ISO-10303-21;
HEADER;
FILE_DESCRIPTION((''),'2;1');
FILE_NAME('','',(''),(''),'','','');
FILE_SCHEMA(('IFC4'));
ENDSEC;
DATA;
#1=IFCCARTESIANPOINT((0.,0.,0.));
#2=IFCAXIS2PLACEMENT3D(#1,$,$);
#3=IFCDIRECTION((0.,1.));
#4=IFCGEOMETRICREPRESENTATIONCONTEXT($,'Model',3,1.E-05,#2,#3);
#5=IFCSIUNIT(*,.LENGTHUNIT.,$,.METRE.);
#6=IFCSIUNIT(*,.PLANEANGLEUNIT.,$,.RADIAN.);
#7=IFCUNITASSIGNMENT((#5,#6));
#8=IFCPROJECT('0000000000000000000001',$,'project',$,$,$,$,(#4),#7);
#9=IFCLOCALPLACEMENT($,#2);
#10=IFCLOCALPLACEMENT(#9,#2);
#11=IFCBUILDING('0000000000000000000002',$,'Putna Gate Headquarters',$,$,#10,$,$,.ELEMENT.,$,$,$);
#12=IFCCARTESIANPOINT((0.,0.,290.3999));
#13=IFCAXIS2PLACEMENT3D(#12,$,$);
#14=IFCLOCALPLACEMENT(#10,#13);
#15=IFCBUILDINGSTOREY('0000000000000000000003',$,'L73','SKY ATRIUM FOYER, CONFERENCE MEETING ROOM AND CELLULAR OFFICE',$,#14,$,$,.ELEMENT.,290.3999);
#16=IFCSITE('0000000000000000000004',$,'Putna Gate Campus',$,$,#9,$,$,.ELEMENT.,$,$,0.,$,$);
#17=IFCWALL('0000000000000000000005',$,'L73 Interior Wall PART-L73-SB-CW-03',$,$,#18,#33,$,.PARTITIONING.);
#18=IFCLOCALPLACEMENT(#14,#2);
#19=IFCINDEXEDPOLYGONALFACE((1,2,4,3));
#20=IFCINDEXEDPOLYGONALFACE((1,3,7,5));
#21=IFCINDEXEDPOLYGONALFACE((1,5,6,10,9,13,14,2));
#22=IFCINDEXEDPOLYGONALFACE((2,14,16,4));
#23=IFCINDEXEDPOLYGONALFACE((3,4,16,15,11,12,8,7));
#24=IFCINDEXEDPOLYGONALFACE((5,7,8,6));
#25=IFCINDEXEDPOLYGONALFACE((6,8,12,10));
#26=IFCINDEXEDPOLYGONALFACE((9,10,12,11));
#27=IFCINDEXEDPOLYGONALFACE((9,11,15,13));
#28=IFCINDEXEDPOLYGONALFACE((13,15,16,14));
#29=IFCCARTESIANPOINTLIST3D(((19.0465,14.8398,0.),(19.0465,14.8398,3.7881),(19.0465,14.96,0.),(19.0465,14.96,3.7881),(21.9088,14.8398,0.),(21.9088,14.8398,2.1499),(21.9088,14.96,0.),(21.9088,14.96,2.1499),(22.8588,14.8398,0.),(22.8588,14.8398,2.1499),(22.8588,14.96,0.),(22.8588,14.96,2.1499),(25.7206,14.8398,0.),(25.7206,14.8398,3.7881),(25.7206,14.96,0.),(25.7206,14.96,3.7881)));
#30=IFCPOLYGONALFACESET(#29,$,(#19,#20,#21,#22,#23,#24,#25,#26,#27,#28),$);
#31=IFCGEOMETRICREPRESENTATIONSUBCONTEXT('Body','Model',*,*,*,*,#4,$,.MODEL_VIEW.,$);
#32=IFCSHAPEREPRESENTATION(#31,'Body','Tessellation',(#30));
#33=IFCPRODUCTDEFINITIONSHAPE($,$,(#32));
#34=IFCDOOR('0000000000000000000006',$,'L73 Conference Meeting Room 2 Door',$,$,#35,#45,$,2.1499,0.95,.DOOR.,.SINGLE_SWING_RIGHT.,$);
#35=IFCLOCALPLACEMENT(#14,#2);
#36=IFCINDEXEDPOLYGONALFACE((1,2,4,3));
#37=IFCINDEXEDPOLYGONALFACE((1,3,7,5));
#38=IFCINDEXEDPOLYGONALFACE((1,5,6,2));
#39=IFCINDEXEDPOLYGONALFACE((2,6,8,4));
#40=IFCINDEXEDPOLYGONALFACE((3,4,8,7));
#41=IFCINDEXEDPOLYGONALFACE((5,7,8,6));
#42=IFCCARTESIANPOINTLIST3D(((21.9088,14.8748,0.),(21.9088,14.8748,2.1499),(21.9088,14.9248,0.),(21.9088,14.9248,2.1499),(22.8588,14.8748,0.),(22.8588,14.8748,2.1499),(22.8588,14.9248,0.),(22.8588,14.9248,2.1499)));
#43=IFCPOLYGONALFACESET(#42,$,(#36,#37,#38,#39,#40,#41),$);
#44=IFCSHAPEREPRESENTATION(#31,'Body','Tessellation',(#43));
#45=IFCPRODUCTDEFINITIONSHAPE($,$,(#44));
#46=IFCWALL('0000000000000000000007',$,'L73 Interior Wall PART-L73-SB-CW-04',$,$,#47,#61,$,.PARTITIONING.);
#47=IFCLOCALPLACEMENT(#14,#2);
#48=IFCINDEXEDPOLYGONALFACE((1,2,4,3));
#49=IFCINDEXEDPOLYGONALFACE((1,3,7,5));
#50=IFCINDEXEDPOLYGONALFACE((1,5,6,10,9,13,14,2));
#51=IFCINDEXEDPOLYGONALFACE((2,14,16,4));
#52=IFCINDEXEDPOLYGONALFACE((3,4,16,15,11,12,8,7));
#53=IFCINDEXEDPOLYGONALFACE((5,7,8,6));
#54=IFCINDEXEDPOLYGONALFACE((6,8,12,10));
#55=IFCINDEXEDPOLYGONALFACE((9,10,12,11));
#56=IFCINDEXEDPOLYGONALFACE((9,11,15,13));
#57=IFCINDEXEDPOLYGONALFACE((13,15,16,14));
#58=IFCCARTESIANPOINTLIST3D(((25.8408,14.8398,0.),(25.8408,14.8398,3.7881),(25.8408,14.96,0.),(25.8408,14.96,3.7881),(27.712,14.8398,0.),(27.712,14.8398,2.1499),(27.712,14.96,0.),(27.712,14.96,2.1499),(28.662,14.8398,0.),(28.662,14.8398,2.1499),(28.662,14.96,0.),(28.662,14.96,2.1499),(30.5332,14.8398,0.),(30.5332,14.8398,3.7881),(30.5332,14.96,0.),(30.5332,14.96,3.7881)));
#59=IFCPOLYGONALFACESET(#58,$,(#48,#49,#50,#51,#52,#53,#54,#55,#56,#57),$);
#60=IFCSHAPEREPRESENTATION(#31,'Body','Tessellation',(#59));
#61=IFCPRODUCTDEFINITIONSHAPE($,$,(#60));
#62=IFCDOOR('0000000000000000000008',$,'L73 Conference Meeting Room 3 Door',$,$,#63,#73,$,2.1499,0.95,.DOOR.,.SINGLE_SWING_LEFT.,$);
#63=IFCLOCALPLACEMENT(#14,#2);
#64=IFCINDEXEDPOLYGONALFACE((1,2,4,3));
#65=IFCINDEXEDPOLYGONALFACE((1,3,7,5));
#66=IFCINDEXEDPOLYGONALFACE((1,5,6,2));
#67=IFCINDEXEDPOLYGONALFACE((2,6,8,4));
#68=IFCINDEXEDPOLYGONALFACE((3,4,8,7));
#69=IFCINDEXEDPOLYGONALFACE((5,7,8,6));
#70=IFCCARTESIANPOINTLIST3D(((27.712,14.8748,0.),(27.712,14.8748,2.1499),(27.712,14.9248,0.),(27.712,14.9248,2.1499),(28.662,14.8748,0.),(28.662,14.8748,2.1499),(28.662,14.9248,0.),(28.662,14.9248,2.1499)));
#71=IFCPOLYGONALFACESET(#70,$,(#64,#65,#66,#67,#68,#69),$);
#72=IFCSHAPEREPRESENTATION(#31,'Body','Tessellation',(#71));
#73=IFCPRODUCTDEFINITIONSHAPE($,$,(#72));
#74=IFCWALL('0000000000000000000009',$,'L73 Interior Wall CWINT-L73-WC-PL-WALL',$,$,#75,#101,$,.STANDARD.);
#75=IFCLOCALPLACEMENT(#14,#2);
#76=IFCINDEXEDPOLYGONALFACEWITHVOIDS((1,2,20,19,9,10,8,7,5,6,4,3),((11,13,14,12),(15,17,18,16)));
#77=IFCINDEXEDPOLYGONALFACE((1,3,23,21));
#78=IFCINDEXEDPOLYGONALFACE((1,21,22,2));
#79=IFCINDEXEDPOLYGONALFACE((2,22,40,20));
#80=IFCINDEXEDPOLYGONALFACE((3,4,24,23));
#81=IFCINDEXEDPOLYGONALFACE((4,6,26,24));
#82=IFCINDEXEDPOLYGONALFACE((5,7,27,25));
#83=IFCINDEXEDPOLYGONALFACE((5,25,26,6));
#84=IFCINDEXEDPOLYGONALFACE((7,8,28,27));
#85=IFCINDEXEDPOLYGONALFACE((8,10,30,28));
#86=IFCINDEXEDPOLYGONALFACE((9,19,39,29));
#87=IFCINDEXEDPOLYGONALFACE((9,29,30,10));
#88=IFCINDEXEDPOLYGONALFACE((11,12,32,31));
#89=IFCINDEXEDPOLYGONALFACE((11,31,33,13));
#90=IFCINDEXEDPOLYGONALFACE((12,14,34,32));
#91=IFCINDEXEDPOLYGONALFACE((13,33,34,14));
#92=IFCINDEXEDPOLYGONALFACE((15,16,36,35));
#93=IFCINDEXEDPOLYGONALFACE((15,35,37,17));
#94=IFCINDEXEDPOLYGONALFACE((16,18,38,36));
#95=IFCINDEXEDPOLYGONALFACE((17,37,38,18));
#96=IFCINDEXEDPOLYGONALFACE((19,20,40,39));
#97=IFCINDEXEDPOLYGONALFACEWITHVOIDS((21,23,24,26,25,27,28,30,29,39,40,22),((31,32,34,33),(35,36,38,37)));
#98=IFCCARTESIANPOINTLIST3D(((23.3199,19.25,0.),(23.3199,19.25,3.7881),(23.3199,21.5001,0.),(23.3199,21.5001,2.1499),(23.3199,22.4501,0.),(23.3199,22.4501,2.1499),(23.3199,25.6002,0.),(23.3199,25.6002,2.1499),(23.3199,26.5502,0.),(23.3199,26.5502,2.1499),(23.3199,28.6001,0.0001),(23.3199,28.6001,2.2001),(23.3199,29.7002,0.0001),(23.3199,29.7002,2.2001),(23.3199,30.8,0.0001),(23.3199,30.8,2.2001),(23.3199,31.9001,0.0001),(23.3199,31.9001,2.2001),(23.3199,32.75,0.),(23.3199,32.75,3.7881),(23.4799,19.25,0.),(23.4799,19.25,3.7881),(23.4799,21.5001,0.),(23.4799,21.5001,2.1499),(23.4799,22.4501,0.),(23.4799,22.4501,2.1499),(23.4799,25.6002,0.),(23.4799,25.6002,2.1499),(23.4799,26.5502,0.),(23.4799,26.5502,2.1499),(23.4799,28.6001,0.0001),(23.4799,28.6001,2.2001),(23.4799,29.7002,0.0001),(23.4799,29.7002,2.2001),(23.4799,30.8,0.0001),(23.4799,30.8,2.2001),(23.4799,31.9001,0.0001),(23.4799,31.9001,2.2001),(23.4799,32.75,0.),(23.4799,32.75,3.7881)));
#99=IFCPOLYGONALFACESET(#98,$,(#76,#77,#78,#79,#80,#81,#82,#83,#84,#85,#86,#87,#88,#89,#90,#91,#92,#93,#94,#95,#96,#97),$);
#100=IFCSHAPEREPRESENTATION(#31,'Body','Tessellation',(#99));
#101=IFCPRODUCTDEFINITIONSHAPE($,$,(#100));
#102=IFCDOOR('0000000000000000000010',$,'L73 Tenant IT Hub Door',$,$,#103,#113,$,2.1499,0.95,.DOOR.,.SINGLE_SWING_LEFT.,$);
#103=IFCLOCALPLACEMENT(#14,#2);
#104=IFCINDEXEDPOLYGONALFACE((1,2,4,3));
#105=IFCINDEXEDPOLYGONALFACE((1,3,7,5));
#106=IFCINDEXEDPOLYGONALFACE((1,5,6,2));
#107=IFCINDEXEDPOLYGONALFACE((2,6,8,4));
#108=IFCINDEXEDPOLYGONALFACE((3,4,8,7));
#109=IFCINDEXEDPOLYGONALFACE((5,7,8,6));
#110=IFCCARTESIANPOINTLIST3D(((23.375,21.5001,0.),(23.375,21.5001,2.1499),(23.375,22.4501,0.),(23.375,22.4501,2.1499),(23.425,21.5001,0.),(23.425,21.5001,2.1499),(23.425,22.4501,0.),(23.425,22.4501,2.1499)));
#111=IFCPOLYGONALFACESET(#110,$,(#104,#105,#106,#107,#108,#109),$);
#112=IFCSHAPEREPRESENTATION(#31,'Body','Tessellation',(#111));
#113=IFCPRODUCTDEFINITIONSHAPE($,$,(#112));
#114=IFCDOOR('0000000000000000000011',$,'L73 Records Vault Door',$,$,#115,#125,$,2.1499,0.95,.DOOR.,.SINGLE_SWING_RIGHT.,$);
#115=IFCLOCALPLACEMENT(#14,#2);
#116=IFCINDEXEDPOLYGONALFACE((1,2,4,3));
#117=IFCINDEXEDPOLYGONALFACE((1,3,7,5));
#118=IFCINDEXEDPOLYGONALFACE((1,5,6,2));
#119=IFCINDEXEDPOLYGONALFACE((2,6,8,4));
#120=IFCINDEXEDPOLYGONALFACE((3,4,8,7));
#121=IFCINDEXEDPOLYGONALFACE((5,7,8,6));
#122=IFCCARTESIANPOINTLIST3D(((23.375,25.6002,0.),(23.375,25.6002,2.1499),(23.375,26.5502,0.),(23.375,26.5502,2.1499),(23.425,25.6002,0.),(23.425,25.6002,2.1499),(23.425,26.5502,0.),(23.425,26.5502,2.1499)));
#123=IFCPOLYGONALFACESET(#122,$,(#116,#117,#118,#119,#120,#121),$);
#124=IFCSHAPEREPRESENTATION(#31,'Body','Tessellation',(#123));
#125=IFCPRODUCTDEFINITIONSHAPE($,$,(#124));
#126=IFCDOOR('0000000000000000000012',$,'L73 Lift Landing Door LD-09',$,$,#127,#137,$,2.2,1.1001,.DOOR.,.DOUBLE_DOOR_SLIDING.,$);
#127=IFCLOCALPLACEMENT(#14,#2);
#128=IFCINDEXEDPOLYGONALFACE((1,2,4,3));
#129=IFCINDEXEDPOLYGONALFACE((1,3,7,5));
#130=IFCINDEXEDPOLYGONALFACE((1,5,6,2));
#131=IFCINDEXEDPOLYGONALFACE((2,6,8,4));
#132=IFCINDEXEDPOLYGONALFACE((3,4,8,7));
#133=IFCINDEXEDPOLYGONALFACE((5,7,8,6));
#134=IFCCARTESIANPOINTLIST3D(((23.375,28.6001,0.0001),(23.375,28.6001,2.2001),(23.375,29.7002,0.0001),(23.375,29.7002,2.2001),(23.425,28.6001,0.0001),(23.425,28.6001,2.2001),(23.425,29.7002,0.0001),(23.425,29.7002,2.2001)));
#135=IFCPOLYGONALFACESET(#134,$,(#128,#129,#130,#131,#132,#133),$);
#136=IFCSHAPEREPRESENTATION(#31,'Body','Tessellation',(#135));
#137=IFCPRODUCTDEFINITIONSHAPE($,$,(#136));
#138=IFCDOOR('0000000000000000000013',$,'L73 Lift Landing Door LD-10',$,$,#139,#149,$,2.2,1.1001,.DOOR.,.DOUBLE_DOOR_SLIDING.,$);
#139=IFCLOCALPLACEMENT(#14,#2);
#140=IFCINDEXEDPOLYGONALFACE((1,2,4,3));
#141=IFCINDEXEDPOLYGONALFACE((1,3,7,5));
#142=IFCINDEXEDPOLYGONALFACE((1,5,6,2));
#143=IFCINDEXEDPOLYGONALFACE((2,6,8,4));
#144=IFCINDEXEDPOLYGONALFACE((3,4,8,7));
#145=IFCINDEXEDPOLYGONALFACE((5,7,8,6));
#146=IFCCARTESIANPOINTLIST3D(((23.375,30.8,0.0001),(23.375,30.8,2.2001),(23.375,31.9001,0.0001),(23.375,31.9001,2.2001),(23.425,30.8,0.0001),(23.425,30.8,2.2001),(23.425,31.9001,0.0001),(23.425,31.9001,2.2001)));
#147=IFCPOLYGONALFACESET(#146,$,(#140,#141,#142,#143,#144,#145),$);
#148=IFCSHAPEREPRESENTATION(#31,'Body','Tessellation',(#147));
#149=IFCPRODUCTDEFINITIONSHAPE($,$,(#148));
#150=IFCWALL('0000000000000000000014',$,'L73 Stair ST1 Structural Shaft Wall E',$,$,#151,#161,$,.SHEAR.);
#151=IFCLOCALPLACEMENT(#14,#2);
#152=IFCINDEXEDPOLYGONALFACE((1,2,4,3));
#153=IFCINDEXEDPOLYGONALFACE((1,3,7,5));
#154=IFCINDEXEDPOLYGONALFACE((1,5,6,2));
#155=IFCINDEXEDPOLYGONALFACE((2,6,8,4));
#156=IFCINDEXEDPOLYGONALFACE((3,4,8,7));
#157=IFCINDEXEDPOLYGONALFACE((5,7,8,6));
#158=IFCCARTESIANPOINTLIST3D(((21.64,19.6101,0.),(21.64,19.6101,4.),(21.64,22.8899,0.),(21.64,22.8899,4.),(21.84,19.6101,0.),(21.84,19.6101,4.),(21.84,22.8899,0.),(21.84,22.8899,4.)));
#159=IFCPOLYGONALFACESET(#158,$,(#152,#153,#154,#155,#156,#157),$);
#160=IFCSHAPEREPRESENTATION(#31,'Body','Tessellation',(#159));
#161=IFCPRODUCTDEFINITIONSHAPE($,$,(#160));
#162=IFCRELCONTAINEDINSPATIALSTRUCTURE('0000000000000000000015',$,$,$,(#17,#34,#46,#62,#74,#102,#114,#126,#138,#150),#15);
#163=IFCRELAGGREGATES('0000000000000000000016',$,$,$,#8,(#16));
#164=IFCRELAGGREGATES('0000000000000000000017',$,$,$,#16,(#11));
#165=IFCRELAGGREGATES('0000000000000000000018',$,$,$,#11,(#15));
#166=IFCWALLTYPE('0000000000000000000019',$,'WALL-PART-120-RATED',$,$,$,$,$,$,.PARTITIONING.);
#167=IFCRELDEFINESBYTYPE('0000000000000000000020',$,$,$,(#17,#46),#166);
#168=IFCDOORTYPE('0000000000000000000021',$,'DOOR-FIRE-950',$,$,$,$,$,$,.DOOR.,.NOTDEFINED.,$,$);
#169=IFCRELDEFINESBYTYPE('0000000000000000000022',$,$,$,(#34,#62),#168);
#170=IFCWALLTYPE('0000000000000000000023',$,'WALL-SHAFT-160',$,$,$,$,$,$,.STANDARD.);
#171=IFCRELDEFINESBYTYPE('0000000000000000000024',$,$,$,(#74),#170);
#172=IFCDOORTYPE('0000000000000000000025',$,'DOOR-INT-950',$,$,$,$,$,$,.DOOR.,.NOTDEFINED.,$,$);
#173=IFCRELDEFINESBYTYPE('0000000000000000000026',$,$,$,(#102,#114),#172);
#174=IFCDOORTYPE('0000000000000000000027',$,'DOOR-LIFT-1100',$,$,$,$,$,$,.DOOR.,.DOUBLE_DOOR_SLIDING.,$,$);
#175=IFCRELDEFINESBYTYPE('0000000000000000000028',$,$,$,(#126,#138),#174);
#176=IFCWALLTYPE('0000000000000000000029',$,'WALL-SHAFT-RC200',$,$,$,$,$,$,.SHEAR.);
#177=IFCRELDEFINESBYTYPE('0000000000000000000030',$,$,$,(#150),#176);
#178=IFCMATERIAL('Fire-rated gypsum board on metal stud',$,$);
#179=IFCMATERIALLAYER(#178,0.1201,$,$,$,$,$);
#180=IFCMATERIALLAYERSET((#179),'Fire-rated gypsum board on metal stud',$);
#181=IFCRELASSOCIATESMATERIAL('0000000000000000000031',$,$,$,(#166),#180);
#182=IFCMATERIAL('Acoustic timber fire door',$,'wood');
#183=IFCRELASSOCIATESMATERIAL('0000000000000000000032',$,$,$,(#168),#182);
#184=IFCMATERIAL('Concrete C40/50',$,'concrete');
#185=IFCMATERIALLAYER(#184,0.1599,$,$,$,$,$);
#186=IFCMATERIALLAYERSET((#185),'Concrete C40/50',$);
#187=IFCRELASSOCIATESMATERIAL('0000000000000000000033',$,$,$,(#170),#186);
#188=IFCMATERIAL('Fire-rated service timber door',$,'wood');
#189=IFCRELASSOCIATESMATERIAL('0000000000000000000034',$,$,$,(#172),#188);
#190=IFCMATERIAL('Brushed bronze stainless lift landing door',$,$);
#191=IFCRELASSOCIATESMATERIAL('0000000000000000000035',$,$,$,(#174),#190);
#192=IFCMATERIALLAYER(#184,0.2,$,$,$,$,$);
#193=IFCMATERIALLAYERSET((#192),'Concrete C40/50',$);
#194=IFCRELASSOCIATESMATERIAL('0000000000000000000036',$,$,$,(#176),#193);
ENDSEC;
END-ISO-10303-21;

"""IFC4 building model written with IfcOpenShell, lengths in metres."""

from ifc_helpers import new_model, si_unit, direction, frame, frame_2d, origin, place, context, subcontext, project, spatial, rectangle, extrude, material, layer, layer_set, type_object, element, fill, save


model = new_model("IFC4")

# Units and contexts
model_context = context("Model", 3, precision=1e-05, world=origin(), true_north=direction((0.0, 1.0)))
body_context = subcontext(model_context, "Body", "Model", "MODEL_VIEW")
ifc_project = project(units=[si_unit("LENGTHUNIT", "METRE"), si_unit("PLANEANGLEUNIT", "RADIAN")], contexts=[model_context])

# Site, building, storey
site_placement = place(None, origin())
site = spatial("IfcSite", under=ifc_project, at=site_placement, Name="Putna Gate Campus", CompositionType="ELEMENT", RefElevation=0.0)
building_placement = place(site_placement, origin())
building = spatial("IfcBuilding", under=site, at=building_placement, Name="Putna Gate Headquarters", CompositionType="ELEMENT")
storey_placement = place(building_placement, frame((0.0, 0.0, 290.3999)))
storey = spatial("IfcBuildingStorey", under=building, at=storey_placement, Name="L73", Description="SKY ATRIUM FOYER, CONFERENCE MEETING ROOM AND CELLULAR OFFICE", CompositionType="ELEMENT", Elevation=290.3999)

# Walls, openings, doors
ifc_material_1 = material(Name="Fire-rated gypsum board on metal stud")
ifc_layer_1 = layer(ifc_material_1, 0.1201)
ifc_layer_set_1 = layer_set([ifc_layer_1], Name="Fire-rated gypsum board on metal stud")
wall_type_1 = type_object("IfcWallType", Name="WALL-PART-120-RATED", PredefinedType="PARTITIONING", material=ifc_layer_set_1)
wall_1_placement = place(storey_placement, frame((19.0466, 14.8999, 0.0), z_axis=(0.0, 0.0, 1.0), x_axis=(1.0, 0.0, 0.0)))
wall_1 = element("IfcWall", 1, at=wall_1_placement, inside=storey, type_object=wall_type_1, Name="L73 Interior Wall PART-L73-SB-CW-03", PredefinedType="PARTITIONING", context=body_context, shape_type="SweptSolid", body=[
    extrude(rectangle(XDim=6.6741, YDim=0.1201, at=frame_2d((3.3369, 0.0))), origin(), (0.0, 0.0, 1.0), 3.7881),
])
opening_1_placement = place(wall_1_placement, frame((2.8621, 0.0, 0.0)))
opening_1 = element("IfcOpeningElement", 2, at=opening_1_placement, cuts=wall_1, PredefinedType="OPENING", context=body_context, shape_type="SweptSolid", body=[
    extrude(rectangle(XDim=0.95, YDim=2.1499, at=frame_2d((0.4751, 1.075))), frame((0.0, 0.0701, 0.0), z_axis=(0.0, -1.0, 0.0), x_axis=(1.0, 0.0, 0.0)), (0.0, 0.0, 1.0), 0.1401),
])
ifc_material_2 = material(Name="Acoustic timber fire door", Category="wood")
door_type_1 = type_object("IfcDoorType", Name="DOOR-FIRE-950", OperationType="NOTDEFINED", PredefinedType="DOOR", material=ifc_material_2)
door_1_placement = place(opening_1_placement, origin())
door_1 = element("IfcDoor", 3, at=door_1_placement, inside=storey, type_object=door_type_1, Name="L73 Conference Meeting Room 2 Door", OperationType="SINGLE_SWING_RIGHT", OverallHeight=2.1499, OverallWidth=0.95, PredefinedType="DOOR", context=body_context, shape_type="SweptSolid", body=[
    extrude(rectangle(XDim=0.95, YDim=2.1499, at=frame_2d((0.4751, 1.075))), frame((0.0, 0.0249, 0.0), z_axis=(0.0, -1.0, 0.0), x_axis=(1.0, 0.0, 0.0)), (0.0, 0.0, 1.0), 0.05),
])
fill(opening_1, door_1)
wall_2_placement = place(storey_placement, frame((25.8408, 14.8999, 0.0), z_axis=(0.0, 0.0, 1.0), x_axis=(1.0, 0.0, 0.0)))
wall_2 = element("IfcWall", 4, at=wall_2_placement, inside=storey, type_object=wall_type_1, Name="L73 Interior Wall PART-L73-SB-CW-04", PredefinedType="PARTITIONING", context=body_context, shape_type="SweptSolid", body=[
    extrude(rectangle(XDim=4.6924, YDim=0.1201, at=frame_2d((2.3462, 0.0))), origin(), (0.0, 0.0, 1.0), 3.7881),
])
opening_2_placement = place(wall_2_placement, frame((1.8711, 0.0, 0.0)))
opening_2 = element("IfcOpeningElement", 5, at=opening_2_placement, cuts=wall_2, PredefinedType="OPENING", context=body_context, shape_type="SweptSolid", body=[
    extrude(rectangle(XDim=0.95, YDim=2.1499, at=frame_2d((0.4751, 1.075))), frame((0.0, 0.0701, 0.0), z_axis=(0.0, -1.0, 0.0), x_axis=(1.0, 0.0, 0.0)), (0.0, 0.0, 1.0), 0.1401),
])
door_2_placement = place(opening_2_placement, origin())
door_2 = element("IfcDoor", 6, at=door_2_placement, inside=storey, type_object=door_type_1, Name="L73 Conference Meeting Room 3 Door", OperationType="SINGLE_SWING_LEFT", OverallHeight=2.1499, OverallWidth=0.95, PredefinedType="DOOR", context=body_context, shape_type="SweptSolid", body=[
    extrude(rectangle(XDim=0.95, YDim=2.1499, at=frame_2d((0.4751, 1.075))), frame((0.0, 0.0249, 0.0), z_axis=(0.0, -1.0, 0.0), x_axis=(1.0, 0.0, 0.0)), (0.0, 0.0, 1.0), 0.05),
])
fill(opening_2, door_2)

# Wall, openings, doors
ifc_material_3 = material(Name="Concrete C40/50", Category="concrete")
ifc_layer_2 = layer(ifc_material_3, 0.1599)
ifc_layer_set_2 = layer_set([ifc_layer_2], Name="Concrete C40/50")
wall_type_2 = type_object("IfcWallType", Name="WALL-SHAFT-160", PredefinedType="STANDARD", material=ifc_layer_set_2)
wall_3_placement = place(storey_placement, frame((23.3999, 19.25, 0.0), z_axis=(0.0, 0.0, 1.0), x_axis=(0.0, 1.0, 0.0)))
wall_3 = element("IfcWall", 7, at=wall_3_placement, inside=storey, type_object=wall_type_2, Name="L73 Interior Wall CWINT-L73-WC-PL-WALL", PredefinedType="STANDARD", context=body_context, shape_type="SweptSolid", body=[
    extrude(rectangle(XDim=13.5, YDim=0.1599, at=frame_2d((6.75, 0.0))), origin(), (0.0, 0.0, 1.0), 3.7881),
])
opening_3_placement = place(wall_3_placement, frame((2.25, 0.0, 0.0)))
opening_3 = element("IfcOpeningElement", 8, at=opening_3_placement, cuts=wall_3, PredefinedType="OPENING", context=body_context, shape_type="SweptSolid", body=[
    extrude(rectangle(XDim=0.95, YDim=2.1499, at=frame_2d((0.4751, 1.075))), frame((0.0, 0.0898, 0.0), z_axis=(0.0, -1.0, 0.0), x_axis=(1.0, 0.0, 0.0)), (0.0, 0.0, 1.0), 0.1799),
])
opening_4_placement = place(wall_3_placement, frame((6.3501, 0.0, 0.0)))
opening_4 = element("IfcOpeningElement", 9, at=opening_4_placement, cuts=wall_3, PredefinedType="OPENING", context=body_context, shape_type="SweptSolid", body=[
    extrude(rectangle(XDim=0.95, YDim=2.1499, at=frame_2d((0.4751, 1.075))), frame((0.0, 0.0898, 0.0), z_axis=(0.0, -1.0, 0.0), x_axis=(1.0, 0.0, 0.0)), (0.0, 0.0, 1.0), 0.1799),
])
opening_5_placement = place(wall_3_placement, frame((9.3501, 0.0, 0.0)))
opening_5 = element("IfcOpeningElement", 10, at=opening_5_placement, cuts=wall_3, PredefinedType="OPENING", context=body_context, shape_type="SweptSolid", body=[
    extrude(rectangle(XDim=1.1001, YDim=2.2, at=frame_2d((0.55, 1.1001))), frame((0.0, 0.0898, 0.0), z_axis=(0.0, -1.0, 0.0), x_axis=(1.0, 0.0, 0.0)), (0.0, 0.0, 1.0), 0.1799),
])
opening_6_placement = place(wall_3_placement, frame((11.55, 0.0, 0.0)))
opening_6 = element("IfcOpeningElement", 11, at=opening_6_placement, cuts=wall_3, PredefinedType="OPENING", context=body_context, shape_type="SweptSolid", body=[
    extrude(rectangle(XDim=1.1001, YDim=2.2, at=frame_2d((0.55, 1.1001))), frame((0.0, 0.0898, 0.0), z_axis=(0.0, -1.0, 0.0), x_axis=(1.0, 0.0, 0.0)), (0.0, 0.0, 1.0), 0.1799),
])
ifc_material_4 = material(Name="Fire-rated service timber door", Category="wood")
door_type_2 = type_object("IfcDoorType", Name="DOOR-INT-950", OperationType="NOTDEFINED", PredefinedType="DOOR", material=ifc_material_4)
door_3_placement = place(opening_3_placement, origin())
door_3 = element("IfcDoor", 12, at=door_3_placement, inside=storey, type_object=door_type_2, Name="L73 Tenant IT Hub Door", OperationType="SINGLE_SWING_LEFT", OverallHeight=2.1499, OverallWidth=0.95, PredefinedType="DOOR", context=body_context, shape_type="SweptSolid", body=[
    extrude(rectangle(XDim=0.95, YDim=2.1499, at=frame_2d((0.4751, 1.075))), frame((0.0, 0.0249, 0.0), z_axis=(0.0, -1.0, 0.0), x_axis=(1.0, 0.0, 0.0)), (0.0, 0.0, 1.0), 0.05),
])
fill(opening_3, door_3)
door_4_placement = place(opening_4_placement, origin())
door_4 = element("IfcDoor", 13, at=door_4_placement, inside=storey, type_object=door_type_2, Name="L73 Records Vault Door", OperationType="SINGLE_SWING_RIGHT", OverallHeight=2.1499, OverallWidth=0.95, PredefinedType="DOOR", context=body_context, shape_type="SweptSolid", body=[
    extrude(rectangle(XDim=0.95, YDim=2.1499, at=frame_2d((0.4751, 1.075))), frame((0.0, 0.0249, 0.0), z_axis=(0.0, -1.0, 0.0), x_axis=(1.0, 0.0, 0.0)), (0.0, 0.0, 1.0), 0.05),
])
fill(opening_4, door_4)
ifc_material_5 = material(Name="Brushed bronze stainless lift landing door")
door_type_3 = type_object("IfcDoorType", Name="DOOR-LIFT-1100", OperationType="DOUBLE_DOOR_SLIDING", PredefinedType="DOOR", material=ifc_material_5)
door_5_placement = place(opening_5_placement, origin())
door_5 = element("IfcDoor", 14, at=door_5_placement, inside=storey, type_object=door_type_3, Name="L73 Lift Landing Door LD-09", OperationType="DOUBLE_DOOR_SLIDING", OverallHeight=2.2, OverallWidth=1.1001, PredefinedType="DOOR", context=body_context, shape_type="SweptSolid", body=[
    extrude(rectangle(XDim=1.1001, YDim=2.2, at=frame_2d((0.55, 1.1001))), frame((0.0, 0.0249, 0.0), z_axis=(0.0, -1.0, 0.0), x_axis=(1.0, 0.0, 0.0)), (0.0, 0.0, 1.0), 0.05),
])
fill(opening_5, door_5)
door_6_placement = place(opening_6_placement, origin())
door_6 = element("IfcDoor", 15, at=door_6_placement, inside=storey, type_object=door_type_3, Name="L73 Lift Landing Door LD-10", OperationType="DOUBLE_DOOR_SLIDING", OverallHeight=2.2, OverallWidth=1.1001, PredefinedType="DOOR", context=body_context, shape_type="SweptSolid", body=[
    extrude(rectangle(XDim=1.1001, YDim=2.2, at=frame_2d((0.55, 1.1001))), frame((0.0, 0.0249, 0.0), z_axis=(0.0, -1.0, 0.0), x_axis=(1.0, 0.0, 0.0)), (0.0, 0.0, 1.0), 0.05),
])
fill(opening_6, door_6)

# Wall
ifc_layer_3 = layer(ifc_material_3, 0.2)
ifc_layer_set_3 = layer_set([ifc_layer_3], Name="Concrete C40/50")
wall_type_3 = type_object("IfcWallType", Name="WALL-SHAFT-RC200", PredefinedType="SHEAR", material=ifc_layer_set_3)
wall_4_placement = place(storey_placement, frame((21.74, 19.6101, 0.0), z_axis=(0.0, 0.0, 1.0), x_axis=(0.0, 1.0, 0.0)))
element("IfcWall", 16, at=wall_4_placement, inside=storey, type_object=wall_type_3, Name="L73 Stair ST1 Structural Shaft Wall E", PredefinedType="SHEAR", context=body_context, shape_type="SweptSolid", body=[
    extrude(rectangle(XDim=3.2798, YDim=0.2, at=frame_2d((1.6399, 0.0))), origin(), (0.0, 0.0, 1.0), 4.0),
])

save(model, "model.ifc")
